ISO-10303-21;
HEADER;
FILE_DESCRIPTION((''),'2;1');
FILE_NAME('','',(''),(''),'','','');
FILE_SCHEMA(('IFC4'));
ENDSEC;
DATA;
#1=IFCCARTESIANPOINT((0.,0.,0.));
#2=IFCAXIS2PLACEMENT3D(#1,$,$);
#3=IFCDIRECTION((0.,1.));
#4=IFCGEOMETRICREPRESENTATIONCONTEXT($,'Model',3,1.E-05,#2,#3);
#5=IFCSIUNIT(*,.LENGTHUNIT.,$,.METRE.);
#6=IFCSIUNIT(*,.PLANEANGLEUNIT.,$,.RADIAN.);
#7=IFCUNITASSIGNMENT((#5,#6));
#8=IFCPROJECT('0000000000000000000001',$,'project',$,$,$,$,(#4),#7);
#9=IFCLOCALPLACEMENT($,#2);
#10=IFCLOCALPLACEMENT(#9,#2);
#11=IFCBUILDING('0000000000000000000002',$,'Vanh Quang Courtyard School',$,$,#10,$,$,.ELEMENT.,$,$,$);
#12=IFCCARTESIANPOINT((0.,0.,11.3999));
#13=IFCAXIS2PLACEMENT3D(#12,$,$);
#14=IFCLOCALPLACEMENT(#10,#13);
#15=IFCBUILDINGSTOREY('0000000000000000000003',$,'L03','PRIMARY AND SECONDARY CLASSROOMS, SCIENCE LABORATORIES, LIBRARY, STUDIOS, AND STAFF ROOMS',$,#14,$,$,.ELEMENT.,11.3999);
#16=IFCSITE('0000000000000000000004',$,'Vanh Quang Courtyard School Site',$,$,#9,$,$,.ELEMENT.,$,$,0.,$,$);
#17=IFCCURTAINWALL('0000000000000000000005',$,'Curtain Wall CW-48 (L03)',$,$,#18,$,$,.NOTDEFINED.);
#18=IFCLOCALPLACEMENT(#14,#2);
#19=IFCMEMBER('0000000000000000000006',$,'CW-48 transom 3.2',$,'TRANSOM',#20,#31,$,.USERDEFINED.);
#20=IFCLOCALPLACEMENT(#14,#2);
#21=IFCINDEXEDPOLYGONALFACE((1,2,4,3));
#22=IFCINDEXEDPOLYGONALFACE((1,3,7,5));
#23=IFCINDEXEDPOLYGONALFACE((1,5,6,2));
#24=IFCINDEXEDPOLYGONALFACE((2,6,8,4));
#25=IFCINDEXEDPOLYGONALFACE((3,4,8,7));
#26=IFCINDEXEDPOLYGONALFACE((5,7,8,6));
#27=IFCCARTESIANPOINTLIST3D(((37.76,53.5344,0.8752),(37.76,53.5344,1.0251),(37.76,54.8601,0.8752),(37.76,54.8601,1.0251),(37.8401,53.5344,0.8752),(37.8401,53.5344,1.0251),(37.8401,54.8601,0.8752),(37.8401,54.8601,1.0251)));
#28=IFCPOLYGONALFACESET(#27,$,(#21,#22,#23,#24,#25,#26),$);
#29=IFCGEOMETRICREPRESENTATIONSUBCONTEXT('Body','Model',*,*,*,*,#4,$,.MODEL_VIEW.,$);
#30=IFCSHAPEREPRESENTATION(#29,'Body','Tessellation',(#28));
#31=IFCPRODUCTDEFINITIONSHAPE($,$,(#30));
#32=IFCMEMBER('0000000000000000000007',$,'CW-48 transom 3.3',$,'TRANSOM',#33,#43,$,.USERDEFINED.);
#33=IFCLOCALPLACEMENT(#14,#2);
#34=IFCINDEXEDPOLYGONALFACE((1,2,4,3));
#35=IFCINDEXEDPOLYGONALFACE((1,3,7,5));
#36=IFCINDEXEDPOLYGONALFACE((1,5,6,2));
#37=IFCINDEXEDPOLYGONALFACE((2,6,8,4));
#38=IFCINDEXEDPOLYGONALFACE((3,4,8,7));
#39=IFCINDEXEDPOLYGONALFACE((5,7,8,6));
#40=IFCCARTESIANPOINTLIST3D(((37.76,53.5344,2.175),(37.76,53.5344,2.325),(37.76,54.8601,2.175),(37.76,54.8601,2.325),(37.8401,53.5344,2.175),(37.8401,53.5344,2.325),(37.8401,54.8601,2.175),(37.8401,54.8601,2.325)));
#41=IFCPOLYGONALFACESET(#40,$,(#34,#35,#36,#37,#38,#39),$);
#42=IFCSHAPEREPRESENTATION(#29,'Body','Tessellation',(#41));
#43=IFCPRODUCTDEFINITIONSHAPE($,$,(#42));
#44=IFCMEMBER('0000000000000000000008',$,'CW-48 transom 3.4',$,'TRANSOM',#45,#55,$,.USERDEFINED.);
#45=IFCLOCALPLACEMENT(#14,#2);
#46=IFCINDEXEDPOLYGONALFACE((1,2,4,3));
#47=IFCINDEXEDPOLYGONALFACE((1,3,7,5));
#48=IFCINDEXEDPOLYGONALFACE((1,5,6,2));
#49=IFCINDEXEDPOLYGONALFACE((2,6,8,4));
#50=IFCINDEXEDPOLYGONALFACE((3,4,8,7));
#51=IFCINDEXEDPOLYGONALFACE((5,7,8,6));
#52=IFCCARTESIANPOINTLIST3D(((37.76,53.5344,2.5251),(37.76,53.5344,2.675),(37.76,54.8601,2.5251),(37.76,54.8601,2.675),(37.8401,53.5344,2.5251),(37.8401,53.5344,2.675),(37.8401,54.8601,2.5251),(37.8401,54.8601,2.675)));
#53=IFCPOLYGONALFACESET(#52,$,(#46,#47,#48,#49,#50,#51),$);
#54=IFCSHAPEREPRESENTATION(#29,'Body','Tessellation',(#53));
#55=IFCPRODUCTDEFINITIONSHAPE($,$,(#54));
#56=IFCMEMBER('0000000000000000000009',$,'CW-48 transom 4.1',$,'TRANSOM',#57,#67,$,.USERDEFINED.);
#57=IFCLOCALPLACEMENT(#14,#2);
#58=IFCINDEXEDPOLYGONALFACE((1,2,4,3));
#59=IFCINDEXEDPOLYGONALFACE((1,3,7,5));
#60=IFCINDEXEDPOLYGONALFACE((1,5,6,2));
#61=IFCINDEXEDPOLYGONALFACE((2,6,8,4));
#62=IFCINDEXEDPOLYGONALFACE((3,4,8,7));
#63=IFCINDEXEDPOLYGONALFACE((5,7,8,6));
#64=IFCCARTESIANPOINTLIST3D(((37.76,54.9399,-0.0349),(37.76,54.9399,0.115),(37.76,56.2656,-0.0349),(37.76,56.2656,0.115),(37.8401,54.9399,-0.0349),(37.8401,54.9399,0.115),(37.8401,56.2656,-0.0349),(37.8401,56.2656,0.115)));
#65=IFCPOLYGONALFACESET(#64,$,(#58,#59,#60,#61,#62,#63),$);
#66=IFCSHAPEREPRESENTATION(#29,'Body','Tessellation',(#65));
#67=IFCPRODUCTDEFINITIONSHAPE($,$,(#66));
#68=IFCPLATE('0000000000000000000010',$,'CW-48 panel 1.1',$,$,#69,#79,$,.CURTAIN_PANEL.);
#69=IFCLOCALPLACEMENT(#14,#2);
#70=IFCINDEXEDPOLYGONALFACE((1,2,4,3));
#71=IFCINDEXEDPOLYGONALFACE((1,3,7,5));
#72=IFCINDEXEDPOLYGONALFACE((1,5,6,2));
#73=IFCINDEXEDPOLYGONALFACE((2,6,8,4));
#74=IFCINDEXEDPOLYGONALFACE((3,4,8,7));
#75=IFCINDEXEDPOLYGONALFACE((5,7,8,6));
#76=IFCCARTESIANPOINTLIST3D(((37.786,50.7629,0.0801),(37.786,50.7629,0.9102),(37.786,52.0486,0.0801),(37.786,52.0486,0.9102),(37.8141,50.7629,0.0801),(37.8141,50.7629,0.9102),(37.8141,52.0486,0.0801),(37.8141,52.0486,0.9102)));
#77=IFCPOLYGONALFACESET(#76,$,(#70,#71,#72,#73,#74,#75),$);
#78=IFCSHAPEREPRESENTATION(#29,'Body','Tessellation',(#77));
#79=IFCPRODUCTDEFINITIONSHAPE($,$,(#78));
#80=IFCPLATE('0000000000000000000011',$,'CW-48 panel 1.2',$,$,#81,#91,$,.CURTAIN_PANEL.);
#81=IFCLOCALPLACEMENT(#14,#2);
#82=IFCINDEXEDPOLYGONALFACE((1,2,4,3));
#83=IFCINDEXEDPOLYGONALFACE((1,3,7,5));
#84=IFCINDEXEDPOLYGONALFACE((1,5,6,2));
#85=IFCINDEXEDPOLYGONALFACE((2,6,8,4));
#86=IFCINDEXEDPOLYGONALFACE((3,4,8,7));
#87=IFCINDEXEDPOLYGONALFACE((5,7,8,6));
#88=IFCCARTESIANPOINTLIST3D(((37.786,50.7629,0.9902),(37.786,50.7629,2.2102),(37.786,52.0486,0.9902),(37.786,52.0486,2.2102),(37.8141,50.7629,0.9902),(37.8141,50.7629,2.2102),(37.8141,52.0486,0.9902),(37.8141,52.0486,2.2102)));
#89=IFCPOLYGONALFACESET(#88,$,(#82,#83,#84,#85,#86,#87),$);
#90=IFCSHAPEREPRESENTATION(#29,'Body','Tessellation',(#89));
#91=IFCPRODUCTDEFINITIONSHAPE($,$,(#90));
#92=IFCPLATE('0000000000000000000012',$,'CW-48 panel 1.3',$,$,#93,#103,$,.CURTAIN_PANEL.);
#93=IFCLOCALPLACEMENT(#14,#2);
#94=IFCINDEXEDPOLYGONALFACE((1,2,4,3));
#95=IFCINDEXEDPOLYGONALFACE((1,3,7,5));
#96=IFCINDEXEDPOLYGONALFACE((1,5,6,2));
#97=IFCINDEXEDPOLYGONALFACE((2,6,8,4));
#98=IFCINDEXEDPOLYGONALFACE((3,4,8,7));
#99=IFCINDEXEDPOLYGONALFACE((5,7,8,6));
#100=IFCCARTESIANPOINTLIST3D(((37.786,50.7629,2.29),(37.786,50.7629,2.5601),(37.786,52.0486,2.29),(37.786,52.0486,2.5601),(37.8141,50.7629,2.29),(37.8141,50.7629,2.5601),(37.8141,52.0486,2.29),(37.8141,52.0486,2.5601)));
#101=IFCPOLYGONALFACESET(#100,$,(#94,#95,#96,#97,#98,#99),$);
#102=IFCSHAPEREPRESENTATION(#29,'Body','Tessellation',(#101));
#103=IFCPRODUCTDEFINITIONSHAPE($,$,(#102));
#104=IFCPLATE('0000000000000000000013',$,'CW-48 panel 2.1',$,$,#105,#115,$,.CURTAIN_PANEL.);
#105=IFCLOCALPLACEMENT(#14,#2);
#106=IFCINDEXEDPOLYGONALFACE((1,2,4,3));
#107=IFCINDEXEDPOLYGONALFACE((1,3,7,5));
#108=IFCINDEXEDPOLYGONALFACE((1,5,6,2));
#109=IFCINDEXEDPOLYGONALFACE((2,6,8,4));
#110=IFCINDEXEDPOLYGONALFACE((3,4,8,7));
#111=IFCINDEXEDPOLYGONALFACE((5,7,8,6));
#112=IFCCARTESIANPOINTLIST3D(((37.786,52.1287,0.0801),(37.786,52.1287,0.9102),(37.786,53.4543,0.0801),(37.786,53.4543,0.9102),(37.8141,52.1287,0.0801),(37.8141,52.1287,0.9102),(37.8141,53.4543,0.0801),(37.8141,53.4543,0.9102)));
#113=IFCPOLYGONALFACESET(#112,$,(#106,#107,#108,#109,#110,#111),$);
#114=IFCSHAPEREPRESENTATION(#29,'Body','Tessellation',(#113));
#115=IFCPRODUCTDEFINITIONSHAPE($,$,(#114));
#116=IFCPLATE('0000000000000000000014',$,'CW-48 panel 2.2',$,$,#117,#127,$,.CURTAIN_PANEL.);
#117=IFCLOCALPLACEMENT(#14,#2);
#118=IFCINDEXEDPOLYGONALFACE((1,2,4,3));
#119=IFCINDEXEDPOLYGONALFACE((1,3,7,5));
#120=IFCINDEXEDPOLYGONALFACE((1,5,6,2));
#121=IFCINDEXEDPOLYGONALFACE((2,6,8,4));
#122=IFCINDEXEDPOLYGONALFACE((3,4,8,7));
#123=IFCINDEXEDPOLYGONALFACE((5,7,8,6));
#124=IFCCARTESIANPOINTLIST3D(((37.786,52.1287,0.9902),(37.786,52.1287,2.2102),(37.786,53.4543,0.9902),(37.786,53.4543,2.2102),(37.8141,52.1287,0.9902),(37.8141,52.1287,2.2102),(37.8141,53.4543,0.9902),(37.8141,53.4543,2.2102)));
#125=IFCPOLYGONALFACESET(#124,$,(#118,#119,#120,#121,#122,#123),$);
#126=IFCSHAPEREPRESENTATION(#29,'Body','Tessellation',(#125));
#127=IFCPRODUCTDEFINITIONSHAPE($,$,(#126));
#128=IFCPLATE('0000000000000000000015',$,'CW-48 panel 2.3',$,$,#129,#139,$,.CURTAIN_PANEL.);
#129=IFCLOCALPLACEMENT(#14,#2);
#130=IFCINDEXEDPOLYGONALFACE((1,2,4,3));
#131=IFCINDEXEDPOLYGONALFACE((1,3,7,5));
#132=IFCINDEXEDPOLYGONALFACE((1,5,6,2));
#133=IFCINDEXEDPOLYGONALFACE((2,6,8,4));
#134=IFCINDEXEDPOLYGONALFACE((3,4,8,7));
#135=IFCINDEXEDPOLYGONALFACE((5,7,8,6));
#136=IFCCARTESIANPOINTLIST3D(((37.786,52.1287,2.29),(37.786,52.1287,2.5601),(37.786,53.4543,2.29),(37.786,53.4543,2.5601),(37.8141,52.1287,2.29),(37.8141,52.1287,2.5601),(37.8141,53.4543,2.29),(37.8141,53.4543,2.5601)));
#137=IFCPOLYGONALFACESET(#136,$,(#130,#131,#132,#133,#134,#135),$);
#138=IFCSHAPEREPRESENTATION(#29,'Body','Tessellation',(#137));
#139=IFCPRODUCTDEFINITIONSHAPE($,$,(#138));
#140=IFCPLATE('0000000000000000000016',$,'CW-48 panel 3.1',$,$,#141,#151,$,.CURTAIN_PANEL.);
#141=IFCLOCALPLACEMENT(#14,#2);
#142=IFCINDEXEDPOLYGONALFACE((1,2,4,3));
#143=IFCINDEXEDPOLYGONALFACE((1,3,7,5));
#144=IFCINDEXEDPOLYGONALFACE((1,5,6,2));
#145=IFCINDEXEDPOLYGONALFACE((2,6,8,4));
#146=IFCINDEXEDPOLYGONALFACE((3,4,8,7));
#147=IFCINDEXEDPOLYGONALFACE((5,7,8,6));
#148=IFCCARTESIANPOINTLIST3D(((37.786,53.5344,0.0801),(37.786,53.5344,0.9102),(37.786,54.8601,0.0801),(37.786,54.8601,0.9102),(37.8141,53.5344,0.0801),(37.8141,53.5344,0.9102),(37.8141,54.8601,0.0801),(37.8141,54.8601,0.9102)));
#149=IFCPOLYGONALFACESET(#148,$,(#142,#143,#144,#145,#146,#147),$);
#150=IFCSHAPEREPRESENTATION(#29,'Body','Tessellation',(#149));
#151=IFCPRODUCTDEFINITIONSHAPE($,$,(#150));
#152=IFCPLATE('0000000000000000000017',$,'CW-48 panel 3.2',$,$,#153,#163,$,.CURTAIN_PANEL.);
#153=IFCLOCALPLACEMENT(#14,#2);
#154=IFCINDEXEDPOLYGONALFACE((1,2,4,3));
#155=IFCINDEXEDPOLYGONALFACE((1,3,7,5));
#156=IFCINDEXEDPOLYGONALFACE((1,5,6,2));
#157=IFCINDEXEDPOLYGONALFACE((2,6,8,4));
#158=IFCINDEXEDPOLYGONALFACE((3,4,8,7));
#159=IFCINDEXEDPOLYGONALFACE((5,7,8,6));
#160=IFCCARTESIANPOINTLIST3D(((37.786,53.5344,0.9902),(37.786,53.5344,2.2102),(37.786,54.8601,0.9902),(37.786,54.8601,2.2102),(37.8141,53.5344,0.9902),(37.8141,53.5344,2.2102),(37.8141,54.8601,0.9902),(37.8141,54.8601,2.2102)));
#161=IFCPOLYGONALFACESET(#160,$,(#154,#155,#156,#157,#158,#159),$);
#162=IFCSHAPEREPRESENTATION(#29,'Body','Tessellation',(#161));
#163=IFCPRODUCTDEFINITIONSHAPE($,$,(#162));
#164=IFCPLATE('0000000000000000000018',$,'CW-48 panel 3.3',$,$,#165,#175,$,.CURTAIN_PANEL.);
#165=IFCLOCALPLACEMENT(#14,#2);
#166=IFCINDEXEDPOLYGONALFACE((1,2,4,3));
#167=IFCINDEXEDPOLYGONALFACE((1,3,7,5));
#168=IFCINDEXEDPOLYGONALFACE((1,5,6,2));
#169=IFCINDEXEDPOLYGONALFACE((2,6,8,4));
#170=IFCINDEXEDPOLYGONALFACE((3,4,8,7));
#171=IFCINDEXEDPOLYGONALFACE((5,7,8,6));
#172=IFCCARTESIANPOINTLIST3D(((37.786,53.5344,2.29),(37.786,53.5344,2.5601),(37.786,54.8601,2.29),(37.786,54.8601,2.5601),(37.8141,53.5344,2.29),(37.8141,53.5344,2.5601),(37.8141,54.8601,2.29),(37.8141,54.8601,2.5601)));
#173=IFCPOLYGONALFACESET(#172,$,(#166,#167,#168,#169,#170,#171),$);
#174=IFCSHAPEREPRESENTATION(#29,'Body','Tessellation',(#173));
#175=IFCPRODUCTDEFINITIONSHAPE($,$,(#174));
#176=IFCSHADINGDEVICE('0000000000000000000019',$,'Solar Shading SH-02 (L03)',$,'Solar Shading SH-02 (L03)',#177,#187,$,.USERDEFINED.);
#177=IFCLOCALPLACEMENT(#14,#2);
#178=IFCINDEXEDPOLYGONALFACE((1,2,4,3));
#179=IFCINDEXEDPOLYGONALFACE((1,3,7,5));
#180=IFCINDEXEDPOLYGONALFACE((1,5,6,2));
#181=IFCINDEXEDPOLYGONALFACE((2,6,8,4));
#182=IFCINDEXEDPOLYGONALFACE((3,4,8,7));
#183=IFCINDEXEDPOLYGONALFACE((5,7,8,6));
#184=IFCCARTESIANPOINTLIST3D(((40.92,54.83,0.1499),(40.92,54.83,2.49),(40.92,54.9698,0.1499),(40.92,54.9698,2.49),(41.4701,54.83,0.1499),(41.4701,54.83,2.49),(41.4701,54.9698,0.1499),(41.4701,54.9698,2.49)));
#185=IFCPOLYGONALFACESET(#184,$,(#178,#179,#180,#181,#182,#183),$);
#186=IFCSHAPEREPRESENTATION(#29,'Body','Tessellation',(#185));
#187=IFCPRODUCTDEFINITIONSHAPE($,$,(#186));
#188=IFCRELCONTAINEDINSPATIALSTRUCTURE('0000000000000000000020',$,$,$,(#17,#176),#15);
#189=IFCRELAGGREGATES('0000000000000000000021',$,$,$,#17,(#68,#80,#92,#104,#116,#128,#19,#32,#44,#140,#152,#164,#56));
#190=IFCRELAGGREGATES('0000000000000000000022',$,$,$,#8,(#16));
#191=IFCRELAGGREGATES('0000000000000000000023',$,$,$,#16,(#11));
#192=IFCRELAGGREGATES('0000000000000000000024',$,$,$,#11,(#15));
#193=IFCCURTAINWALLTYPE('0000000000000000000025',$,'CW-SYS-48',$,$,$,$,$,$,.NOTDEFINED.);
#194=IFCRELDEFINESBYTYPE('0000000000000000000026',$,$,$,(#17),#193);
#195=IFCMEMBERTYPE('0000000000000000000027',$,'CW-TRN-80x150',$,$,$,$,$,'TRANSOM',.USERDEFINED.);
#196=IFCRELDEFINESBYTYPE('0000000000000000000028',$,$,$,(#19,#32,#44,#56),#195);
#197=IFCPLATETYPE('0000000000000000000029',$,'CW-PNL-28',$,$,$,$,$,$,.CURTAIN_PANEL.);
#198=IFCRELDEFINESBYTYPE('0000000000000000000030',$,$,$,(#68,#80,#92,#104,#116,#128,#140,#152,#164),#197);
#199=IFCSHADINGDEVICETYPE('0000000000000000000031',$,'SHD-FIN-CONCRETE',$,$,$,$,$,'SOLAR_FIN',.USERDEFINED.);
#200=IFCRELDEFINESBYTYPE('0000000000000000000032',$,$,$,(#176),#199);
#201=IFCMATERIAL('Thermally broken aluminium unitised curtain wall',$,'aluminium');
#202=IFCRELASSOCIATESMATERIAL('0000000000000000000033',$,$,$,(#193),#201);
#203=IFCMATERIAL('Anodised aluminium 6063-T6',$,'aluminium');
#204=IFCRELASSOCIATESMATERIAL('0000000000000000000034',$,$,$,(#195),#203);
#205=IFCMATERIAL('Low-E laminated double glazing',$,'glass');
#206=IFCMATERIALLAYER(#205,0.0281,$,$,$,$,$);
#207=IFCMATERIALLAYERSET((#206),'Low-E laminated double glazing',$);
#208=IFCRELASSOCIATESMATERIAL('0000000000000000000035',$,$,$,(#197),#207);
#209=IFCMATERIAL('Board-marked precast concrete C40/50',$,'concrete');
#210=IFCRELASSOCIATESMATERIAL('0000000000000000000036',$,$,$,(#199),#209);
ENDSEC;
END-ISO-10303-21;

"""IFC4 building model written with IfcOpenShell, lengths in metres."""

from ifc_helpers import new_model, si_unit, direction, frame, origin, origin_2d, place, context, subcontext, project, spatial, rectangle, extrude, material, layer, layer_set, material_profile, profile_set, type_object, element, aggregate, save


model = new_model("IFC4")

# Units and contexts
model_context = context("Model", 3, precision=1e-05, world=origin(), true_north=direction((0.0, 1.0)))
body_context = subcontext(model_context, "Body", "Model", "MODEL_VIEW")
ifc_project = project(units=[si_unit("LENGTHUNIT", "METRE"), si_unit("PLANEANGLEUNIT", "RADIAN")], contexts=[model_context])

# Site, building, storey
site_placement = place(None, origin())
site = spatial("IfcSite", under=ifc_project, at=site_placement, Name="Vanh Quang Courtyard School Site", CompositionType="ELEMENT", RefElevation=0.0)
building_placement = place(site_placement, origin())
building = spatial("IfcBuilding", under=site, at=building_placement, Name="Vanh Quang Courtyard School", CompositionType="ELEMENT")
storey_placement = place(building_placement, frame((0.0, 0.0, 11.3999)))
storey = spatial("IfcBuildingStorey", under=building, at=storey_placement, Name="L03", Description="PRIMARY AND SECONDARY CLASSROOMS, SCIENCE LABORATORIES, LIBRARY, STUDIOS, AND STAFF ROOMS", CompositionType="ELEMENT", Elevation=11.3999)

# Curtain wall, members, plates
ifc_material_1 = material(Name="Thermally broken aluminium unitised curtain wall", Category="aluminium")
curtain_wall_type = type_object("IfcCurtainWallType", Name="CW-SYS-48", PredefinedType="NOTDEFINED", material=ifc_material_1)
curtain_wall_placement = place(storey_placement, origin())
curtain_wall = element("IfcCurtainWall", 1, at=curtain_wall_placement, inside=storey, type_object=curtain_wall_type, Name="Curtain Wall CW-48 (L03)", PredefinedType="NOTDEFINED")
ifc_material_2 = material(Name="Anodised aluminium 6063-T6", Category="aluminium")
ifc_material_profile_1 = material_profile(ifc_material_2, rectangle(XDim=0.0801, YDim=0.1499, at=origin_2d()), Name="ALU-TRN 80x150")
ifc_profile_set_1 = profile_set([ifc_material_profile_1], Name="Anodised aluminium 6063-T6")
member_type_1 = type_object("IfcMemberType", Name="CW-TRN-80x150", ElementType="TRANSOM", PredefinedType="USERDEFINED", material=ifc_profile_set_1)
member_1_placement = place(storey_placement, frame((37.8, 53.5344, 0.9502), z_axis=(0.0, 1.0, 0.0), x_axis=(-1.0, 0.0, 0.0)))
member_1 = element("IfcMember", 2, at=member_1_placement, type_object=member_type_1, Name="CW-48 transom 3.2", ObjectType="TRANSOM", PredefinedType="USERDEFINED", context=body_context, shape_type="SweptSolid", body=[
    extrude(rectangle(XDim=0.0801, YDim=0.1499, at=origin_2d()), origin(), (0.0, 0.0, 1.0), 1.3257),
])
member_2_placement = place(storey_placement, frame((37.8, 53.5344, 2.25), z_axis=(0.0, 1.0, 0.0), x_axis=(-1.0, 0.0, 0.0)))
member_2 = element("IfcMember", 3, at=member_2_placement, type_object=member_type_1, Name="CW-48 transom 3.3", ObjectType="TRANSOM", PredefinedType="USERDEFINED", context=body_context, shape_type="SweptSolid", body=[
    extrude(rectangle(XDim=0.0801, YDim=0.1499, at=origin_2d()), origin(), (0.0, 0.0, 1.0), 1.3257),
])
member_3_placement = place(storey_placement, frame((37.8, 53.5344, 2.6001), z_axis=(0.0, 1.0, 0.0), x_axis=(-1.0, 0.0, 0.0)))
member_3 = element("IfcMember", 4, at=member_3_placement, type_object=member_type_1, Name="CW-48 transom 3.4", ObjectType="TRANSOM", PredefinedType="USERDEFINED", context=body_context, shape_type="SweptSolid", body=[
    extrude(rectangle(XDim=0.0801, YDim=0.1499, at=origin_2d()), origin(), (0.0, 0.0, 1.0), 1.3257),
])
member_4_placement = place(storey_placement, frame((37.8, 54.9399, 0.04), z_axis=(0.0, 1.0, 0.0), x_axis=(-1.0, 0.0, 0.0)))
member_4 = element("IfcMember", 5, at=member_4_placement, type_object=member_type_1, Name="CW-48 transom 4.1", ObjectType="TRANSOM", PredefinedType="USERDEFINED", context=body_context, shape_type="SweptSolid", body=[
    extrude(rectangle(XDim=0.0801, YDim=0.1499, at=origin_2d()), origin(), (0.0, 0.0, 1.0), 1.3257),
])
ifc_material_3 = material(Name="Low-E laminated double glazing", Category="glass")
ifc_layer = layer(ifc_material_3, 0.0281)
ifc_layer_set = layer_set([ifc_layer], Name="Low-E laminated double glazing")
plate_type = type_object("IfcPlateType", Name="CW-PNL-28", PredefinedType="CURTAIN_PANEL", material=ifc_layer_set)
plate_1_placement = place(storey_placement, frame((37.8, 51.4058, 0.0801), z_axis=(0.0, 0.0, 1.0), x_axis=(0.0, 1.0, 0.0)))
plate_1 = element("IfcPlate", 6, at=plate_1_placement, type_object=plate_type, Name="CW-48 panel 1.1", PredefinedType="CURTAIN_PANEL", context=body_context, shape_type="SweptSolid", body=[
    extrude(rectangle(XDim=1.2856, YDim=0.0281, at=origin_2d()), origin(), (0.0, 0.0, 1.0), 0.8301),
])
plate_2_placement = place(storey_placement, frame((37.8, 51.4058, 0.9902), z_axis=(0.0, 0.0, 1.0), x_axis=(0.0, 1.0, 0.0)))
plate_2 = element("IfcPlate", 7, at=plate_2_placement, type_object=plate_type, Name="CW-48 panel 1.2", PredefinedType="CURTAIN_PANEL", context=body_context, shape_type="SweptSolid", body=[
    extrude(rectangle(XDim=1.2856, YDim=0.0281, at=origin_2d()), origin(), (0.0, 0.0, 1.0), 1.22),
])
plate_3_placement = place(storey_placement, frame((37.8, 51.4058, 2.29), z_axis=(0.0, 0.0, 1.0), x_axis=(0.0, 1.0, 0.0)))
plate_3 = element("IfcPlate", 8, at=plate_3_placement, type_object=plate_type, Name="CW-48 panel 1.3", PredefinedType="CURTAIN_PANEL", context=body_context, shape_type="SweptSolid", body=[
    extrude(rectangle(XDim=1.2856, YDim=0.0281, at=origin_2d()), origin(), (0.0, 0.0, 1.0), 0.27),
])
plate_4_placement = place(storey_placement, frame((37.8, 52.7915, 0.0801), z_axis=(0.0, 0.0, 1.0), x_axis=(0.0, 1.0, 0.0)))
plate_4 = element("IfcPlate", 9, at=plate_4_placement, type_object=plate_type, Name="CW-48 panel 2.1", PredefinedType="CURTAIN_PANEL", context=body_context, shape_type="SweptSolid", body=[
    extrude(rectangle(XDim=1.3257, YDim=0.0281, at=origin_2d()), origin(), (0.0, 0.0, 1.0), 0.8301),
])
plate_5_placement = place(storey_placement, frame((37.8, 52.7915, 0.9902), z_axis=(0.0, 0.0, 1.0), x_axis=(0.0, 1.0, 0.0)))
plate_5 = element("IfcPlate", 10, at=plate_5_placement, type_object=plate_type, Name="CW-48 panel 2.2", PredefinedType="CURTAIN_PANEL", context=body_context, shape_type="SweptSolid", body=[
    extrude(rectangle(XDim=1.3257, YDim=0.0281, at=origin_2d()), origin(), (0.0, 0.0, 1.0), 1.22),
])
plate_6_placement = place(storey_placement, frame((37.8, 52.7915, 2.29), z_axis=(0.0, 0.0, 1.0), x_axis=(0.0, 1.0, 0.0)))
plate_6 = element("IfcPlate", 11, at=plate_6_placement, type_object=plate_type, Name="CW-48 panel 2.3", PredefinedType="CURTAIN_PANEL", context=body_context, shape_type="SweptSolid", body=[
    extrude(rectangle(XDim=1.3257, YDim=0.0281, at=origin_2d()), origin(), (0.0, 0.0, 1.0), 0.27),
])
plate_7_placement = place(storey_placement, frame((37.8, 54.1973, 0.0801), z_axis=(0.0, 0.0, 1.0), x_axis=(0.0, 1.0, 0.0)))
plate_7 = element("IfcPlate", 12, at=plate_7_placement, type_object=plate_type, Name="CW-48 panel 3.1", PredefinedType="CURTAIN_PANEL", context=body_context, shape_type="SweptSolid", body=[
    extrude(rectangle(XDim=1.3257, YDim=0.0281, at=origin_2d()), origin(), (0.0, 0.0, 1.0), 0.8301),
])
plate_8_placement = place(storey_placement, frame((37.8, 54.1973, 0.9902), z_axis=(0.0, 0.0, 1.0), x_axis=(0.0, 1.0, 0.0)))
plate_8 = element("IfcPlate", 13, at=plate_8_placement, type_object=plate_type, Name="CW-48 panel 3.2", PredefinedType="CURTAIN_PANEL", context=body_context, shape_type="SweptSolid", body=[
    extrude(rectangle(XDim=1.3257, YDim=0.0281, at=origin_2d()), origin(), (0.0, 0.0, 1.0), 1.22),
])
plate_9_placement = place(storey_placement, frame((37.8, 54.1973, 2.29), z_axis=(0.0, 0.0, 1.0), x_axis=(0.0, 1.0, 0.0)))
plate_9 = element("IfcPlate", 14, at=plate_9_placement, type_object=plate_type, Name="CW-48 panel 3.3", PredefinedType="CURTAIN_PANEL", context=body_context, shape_type="SweptSolid", body=[
    extrude(rectangle(XDim=1.3257, YDim=0.0281, at=origin_2d()), origin(), (0.0, 0.0, 1.0), 0.27),
])
aggregate(curtain_wall, [plate_1, plate_2, plate_3, plate_4, plate_5, plate_6, member_1, member_2, member_3, plate_7, plate_8, plate_9, member_4])

# Shading device
ifc_material_4 = material(Name="Board-marked precast concrete C40/50", Category="concrete")
shading_device_type = type_object("IfcShadingDeviceType", Name="SHD-FIN-CONCRETE", ElementType="SOLAR_FIN", PredefinedType="USERDEFINED", material=ifc_material_4)
shading_device_placement = place(storey_placement, frame((41.1951, 54.8999, 0.1499), z_axis=(0.0, 0.0, 1.0), x_axis=(0.0, -1.0, 0.0)))
element("IfcShadingDevice", 15, at=shading_device_placement, inside=storey, type_object=shading_device_type, Name="Solar Shading SH-02 (L03)", ObjectType="Solar Shading SH-02 (L03)", PredefinedType="USERDEFINED", context=body_context, shape_type="SweptSolid", body=[
    extrude(rectangle(XDim=0.1399, YDim=0.55, at=origin_2d()), origin(), (0.0, 0.0, 1.0), 2.3401),
])

save(model, "model.ifc")
